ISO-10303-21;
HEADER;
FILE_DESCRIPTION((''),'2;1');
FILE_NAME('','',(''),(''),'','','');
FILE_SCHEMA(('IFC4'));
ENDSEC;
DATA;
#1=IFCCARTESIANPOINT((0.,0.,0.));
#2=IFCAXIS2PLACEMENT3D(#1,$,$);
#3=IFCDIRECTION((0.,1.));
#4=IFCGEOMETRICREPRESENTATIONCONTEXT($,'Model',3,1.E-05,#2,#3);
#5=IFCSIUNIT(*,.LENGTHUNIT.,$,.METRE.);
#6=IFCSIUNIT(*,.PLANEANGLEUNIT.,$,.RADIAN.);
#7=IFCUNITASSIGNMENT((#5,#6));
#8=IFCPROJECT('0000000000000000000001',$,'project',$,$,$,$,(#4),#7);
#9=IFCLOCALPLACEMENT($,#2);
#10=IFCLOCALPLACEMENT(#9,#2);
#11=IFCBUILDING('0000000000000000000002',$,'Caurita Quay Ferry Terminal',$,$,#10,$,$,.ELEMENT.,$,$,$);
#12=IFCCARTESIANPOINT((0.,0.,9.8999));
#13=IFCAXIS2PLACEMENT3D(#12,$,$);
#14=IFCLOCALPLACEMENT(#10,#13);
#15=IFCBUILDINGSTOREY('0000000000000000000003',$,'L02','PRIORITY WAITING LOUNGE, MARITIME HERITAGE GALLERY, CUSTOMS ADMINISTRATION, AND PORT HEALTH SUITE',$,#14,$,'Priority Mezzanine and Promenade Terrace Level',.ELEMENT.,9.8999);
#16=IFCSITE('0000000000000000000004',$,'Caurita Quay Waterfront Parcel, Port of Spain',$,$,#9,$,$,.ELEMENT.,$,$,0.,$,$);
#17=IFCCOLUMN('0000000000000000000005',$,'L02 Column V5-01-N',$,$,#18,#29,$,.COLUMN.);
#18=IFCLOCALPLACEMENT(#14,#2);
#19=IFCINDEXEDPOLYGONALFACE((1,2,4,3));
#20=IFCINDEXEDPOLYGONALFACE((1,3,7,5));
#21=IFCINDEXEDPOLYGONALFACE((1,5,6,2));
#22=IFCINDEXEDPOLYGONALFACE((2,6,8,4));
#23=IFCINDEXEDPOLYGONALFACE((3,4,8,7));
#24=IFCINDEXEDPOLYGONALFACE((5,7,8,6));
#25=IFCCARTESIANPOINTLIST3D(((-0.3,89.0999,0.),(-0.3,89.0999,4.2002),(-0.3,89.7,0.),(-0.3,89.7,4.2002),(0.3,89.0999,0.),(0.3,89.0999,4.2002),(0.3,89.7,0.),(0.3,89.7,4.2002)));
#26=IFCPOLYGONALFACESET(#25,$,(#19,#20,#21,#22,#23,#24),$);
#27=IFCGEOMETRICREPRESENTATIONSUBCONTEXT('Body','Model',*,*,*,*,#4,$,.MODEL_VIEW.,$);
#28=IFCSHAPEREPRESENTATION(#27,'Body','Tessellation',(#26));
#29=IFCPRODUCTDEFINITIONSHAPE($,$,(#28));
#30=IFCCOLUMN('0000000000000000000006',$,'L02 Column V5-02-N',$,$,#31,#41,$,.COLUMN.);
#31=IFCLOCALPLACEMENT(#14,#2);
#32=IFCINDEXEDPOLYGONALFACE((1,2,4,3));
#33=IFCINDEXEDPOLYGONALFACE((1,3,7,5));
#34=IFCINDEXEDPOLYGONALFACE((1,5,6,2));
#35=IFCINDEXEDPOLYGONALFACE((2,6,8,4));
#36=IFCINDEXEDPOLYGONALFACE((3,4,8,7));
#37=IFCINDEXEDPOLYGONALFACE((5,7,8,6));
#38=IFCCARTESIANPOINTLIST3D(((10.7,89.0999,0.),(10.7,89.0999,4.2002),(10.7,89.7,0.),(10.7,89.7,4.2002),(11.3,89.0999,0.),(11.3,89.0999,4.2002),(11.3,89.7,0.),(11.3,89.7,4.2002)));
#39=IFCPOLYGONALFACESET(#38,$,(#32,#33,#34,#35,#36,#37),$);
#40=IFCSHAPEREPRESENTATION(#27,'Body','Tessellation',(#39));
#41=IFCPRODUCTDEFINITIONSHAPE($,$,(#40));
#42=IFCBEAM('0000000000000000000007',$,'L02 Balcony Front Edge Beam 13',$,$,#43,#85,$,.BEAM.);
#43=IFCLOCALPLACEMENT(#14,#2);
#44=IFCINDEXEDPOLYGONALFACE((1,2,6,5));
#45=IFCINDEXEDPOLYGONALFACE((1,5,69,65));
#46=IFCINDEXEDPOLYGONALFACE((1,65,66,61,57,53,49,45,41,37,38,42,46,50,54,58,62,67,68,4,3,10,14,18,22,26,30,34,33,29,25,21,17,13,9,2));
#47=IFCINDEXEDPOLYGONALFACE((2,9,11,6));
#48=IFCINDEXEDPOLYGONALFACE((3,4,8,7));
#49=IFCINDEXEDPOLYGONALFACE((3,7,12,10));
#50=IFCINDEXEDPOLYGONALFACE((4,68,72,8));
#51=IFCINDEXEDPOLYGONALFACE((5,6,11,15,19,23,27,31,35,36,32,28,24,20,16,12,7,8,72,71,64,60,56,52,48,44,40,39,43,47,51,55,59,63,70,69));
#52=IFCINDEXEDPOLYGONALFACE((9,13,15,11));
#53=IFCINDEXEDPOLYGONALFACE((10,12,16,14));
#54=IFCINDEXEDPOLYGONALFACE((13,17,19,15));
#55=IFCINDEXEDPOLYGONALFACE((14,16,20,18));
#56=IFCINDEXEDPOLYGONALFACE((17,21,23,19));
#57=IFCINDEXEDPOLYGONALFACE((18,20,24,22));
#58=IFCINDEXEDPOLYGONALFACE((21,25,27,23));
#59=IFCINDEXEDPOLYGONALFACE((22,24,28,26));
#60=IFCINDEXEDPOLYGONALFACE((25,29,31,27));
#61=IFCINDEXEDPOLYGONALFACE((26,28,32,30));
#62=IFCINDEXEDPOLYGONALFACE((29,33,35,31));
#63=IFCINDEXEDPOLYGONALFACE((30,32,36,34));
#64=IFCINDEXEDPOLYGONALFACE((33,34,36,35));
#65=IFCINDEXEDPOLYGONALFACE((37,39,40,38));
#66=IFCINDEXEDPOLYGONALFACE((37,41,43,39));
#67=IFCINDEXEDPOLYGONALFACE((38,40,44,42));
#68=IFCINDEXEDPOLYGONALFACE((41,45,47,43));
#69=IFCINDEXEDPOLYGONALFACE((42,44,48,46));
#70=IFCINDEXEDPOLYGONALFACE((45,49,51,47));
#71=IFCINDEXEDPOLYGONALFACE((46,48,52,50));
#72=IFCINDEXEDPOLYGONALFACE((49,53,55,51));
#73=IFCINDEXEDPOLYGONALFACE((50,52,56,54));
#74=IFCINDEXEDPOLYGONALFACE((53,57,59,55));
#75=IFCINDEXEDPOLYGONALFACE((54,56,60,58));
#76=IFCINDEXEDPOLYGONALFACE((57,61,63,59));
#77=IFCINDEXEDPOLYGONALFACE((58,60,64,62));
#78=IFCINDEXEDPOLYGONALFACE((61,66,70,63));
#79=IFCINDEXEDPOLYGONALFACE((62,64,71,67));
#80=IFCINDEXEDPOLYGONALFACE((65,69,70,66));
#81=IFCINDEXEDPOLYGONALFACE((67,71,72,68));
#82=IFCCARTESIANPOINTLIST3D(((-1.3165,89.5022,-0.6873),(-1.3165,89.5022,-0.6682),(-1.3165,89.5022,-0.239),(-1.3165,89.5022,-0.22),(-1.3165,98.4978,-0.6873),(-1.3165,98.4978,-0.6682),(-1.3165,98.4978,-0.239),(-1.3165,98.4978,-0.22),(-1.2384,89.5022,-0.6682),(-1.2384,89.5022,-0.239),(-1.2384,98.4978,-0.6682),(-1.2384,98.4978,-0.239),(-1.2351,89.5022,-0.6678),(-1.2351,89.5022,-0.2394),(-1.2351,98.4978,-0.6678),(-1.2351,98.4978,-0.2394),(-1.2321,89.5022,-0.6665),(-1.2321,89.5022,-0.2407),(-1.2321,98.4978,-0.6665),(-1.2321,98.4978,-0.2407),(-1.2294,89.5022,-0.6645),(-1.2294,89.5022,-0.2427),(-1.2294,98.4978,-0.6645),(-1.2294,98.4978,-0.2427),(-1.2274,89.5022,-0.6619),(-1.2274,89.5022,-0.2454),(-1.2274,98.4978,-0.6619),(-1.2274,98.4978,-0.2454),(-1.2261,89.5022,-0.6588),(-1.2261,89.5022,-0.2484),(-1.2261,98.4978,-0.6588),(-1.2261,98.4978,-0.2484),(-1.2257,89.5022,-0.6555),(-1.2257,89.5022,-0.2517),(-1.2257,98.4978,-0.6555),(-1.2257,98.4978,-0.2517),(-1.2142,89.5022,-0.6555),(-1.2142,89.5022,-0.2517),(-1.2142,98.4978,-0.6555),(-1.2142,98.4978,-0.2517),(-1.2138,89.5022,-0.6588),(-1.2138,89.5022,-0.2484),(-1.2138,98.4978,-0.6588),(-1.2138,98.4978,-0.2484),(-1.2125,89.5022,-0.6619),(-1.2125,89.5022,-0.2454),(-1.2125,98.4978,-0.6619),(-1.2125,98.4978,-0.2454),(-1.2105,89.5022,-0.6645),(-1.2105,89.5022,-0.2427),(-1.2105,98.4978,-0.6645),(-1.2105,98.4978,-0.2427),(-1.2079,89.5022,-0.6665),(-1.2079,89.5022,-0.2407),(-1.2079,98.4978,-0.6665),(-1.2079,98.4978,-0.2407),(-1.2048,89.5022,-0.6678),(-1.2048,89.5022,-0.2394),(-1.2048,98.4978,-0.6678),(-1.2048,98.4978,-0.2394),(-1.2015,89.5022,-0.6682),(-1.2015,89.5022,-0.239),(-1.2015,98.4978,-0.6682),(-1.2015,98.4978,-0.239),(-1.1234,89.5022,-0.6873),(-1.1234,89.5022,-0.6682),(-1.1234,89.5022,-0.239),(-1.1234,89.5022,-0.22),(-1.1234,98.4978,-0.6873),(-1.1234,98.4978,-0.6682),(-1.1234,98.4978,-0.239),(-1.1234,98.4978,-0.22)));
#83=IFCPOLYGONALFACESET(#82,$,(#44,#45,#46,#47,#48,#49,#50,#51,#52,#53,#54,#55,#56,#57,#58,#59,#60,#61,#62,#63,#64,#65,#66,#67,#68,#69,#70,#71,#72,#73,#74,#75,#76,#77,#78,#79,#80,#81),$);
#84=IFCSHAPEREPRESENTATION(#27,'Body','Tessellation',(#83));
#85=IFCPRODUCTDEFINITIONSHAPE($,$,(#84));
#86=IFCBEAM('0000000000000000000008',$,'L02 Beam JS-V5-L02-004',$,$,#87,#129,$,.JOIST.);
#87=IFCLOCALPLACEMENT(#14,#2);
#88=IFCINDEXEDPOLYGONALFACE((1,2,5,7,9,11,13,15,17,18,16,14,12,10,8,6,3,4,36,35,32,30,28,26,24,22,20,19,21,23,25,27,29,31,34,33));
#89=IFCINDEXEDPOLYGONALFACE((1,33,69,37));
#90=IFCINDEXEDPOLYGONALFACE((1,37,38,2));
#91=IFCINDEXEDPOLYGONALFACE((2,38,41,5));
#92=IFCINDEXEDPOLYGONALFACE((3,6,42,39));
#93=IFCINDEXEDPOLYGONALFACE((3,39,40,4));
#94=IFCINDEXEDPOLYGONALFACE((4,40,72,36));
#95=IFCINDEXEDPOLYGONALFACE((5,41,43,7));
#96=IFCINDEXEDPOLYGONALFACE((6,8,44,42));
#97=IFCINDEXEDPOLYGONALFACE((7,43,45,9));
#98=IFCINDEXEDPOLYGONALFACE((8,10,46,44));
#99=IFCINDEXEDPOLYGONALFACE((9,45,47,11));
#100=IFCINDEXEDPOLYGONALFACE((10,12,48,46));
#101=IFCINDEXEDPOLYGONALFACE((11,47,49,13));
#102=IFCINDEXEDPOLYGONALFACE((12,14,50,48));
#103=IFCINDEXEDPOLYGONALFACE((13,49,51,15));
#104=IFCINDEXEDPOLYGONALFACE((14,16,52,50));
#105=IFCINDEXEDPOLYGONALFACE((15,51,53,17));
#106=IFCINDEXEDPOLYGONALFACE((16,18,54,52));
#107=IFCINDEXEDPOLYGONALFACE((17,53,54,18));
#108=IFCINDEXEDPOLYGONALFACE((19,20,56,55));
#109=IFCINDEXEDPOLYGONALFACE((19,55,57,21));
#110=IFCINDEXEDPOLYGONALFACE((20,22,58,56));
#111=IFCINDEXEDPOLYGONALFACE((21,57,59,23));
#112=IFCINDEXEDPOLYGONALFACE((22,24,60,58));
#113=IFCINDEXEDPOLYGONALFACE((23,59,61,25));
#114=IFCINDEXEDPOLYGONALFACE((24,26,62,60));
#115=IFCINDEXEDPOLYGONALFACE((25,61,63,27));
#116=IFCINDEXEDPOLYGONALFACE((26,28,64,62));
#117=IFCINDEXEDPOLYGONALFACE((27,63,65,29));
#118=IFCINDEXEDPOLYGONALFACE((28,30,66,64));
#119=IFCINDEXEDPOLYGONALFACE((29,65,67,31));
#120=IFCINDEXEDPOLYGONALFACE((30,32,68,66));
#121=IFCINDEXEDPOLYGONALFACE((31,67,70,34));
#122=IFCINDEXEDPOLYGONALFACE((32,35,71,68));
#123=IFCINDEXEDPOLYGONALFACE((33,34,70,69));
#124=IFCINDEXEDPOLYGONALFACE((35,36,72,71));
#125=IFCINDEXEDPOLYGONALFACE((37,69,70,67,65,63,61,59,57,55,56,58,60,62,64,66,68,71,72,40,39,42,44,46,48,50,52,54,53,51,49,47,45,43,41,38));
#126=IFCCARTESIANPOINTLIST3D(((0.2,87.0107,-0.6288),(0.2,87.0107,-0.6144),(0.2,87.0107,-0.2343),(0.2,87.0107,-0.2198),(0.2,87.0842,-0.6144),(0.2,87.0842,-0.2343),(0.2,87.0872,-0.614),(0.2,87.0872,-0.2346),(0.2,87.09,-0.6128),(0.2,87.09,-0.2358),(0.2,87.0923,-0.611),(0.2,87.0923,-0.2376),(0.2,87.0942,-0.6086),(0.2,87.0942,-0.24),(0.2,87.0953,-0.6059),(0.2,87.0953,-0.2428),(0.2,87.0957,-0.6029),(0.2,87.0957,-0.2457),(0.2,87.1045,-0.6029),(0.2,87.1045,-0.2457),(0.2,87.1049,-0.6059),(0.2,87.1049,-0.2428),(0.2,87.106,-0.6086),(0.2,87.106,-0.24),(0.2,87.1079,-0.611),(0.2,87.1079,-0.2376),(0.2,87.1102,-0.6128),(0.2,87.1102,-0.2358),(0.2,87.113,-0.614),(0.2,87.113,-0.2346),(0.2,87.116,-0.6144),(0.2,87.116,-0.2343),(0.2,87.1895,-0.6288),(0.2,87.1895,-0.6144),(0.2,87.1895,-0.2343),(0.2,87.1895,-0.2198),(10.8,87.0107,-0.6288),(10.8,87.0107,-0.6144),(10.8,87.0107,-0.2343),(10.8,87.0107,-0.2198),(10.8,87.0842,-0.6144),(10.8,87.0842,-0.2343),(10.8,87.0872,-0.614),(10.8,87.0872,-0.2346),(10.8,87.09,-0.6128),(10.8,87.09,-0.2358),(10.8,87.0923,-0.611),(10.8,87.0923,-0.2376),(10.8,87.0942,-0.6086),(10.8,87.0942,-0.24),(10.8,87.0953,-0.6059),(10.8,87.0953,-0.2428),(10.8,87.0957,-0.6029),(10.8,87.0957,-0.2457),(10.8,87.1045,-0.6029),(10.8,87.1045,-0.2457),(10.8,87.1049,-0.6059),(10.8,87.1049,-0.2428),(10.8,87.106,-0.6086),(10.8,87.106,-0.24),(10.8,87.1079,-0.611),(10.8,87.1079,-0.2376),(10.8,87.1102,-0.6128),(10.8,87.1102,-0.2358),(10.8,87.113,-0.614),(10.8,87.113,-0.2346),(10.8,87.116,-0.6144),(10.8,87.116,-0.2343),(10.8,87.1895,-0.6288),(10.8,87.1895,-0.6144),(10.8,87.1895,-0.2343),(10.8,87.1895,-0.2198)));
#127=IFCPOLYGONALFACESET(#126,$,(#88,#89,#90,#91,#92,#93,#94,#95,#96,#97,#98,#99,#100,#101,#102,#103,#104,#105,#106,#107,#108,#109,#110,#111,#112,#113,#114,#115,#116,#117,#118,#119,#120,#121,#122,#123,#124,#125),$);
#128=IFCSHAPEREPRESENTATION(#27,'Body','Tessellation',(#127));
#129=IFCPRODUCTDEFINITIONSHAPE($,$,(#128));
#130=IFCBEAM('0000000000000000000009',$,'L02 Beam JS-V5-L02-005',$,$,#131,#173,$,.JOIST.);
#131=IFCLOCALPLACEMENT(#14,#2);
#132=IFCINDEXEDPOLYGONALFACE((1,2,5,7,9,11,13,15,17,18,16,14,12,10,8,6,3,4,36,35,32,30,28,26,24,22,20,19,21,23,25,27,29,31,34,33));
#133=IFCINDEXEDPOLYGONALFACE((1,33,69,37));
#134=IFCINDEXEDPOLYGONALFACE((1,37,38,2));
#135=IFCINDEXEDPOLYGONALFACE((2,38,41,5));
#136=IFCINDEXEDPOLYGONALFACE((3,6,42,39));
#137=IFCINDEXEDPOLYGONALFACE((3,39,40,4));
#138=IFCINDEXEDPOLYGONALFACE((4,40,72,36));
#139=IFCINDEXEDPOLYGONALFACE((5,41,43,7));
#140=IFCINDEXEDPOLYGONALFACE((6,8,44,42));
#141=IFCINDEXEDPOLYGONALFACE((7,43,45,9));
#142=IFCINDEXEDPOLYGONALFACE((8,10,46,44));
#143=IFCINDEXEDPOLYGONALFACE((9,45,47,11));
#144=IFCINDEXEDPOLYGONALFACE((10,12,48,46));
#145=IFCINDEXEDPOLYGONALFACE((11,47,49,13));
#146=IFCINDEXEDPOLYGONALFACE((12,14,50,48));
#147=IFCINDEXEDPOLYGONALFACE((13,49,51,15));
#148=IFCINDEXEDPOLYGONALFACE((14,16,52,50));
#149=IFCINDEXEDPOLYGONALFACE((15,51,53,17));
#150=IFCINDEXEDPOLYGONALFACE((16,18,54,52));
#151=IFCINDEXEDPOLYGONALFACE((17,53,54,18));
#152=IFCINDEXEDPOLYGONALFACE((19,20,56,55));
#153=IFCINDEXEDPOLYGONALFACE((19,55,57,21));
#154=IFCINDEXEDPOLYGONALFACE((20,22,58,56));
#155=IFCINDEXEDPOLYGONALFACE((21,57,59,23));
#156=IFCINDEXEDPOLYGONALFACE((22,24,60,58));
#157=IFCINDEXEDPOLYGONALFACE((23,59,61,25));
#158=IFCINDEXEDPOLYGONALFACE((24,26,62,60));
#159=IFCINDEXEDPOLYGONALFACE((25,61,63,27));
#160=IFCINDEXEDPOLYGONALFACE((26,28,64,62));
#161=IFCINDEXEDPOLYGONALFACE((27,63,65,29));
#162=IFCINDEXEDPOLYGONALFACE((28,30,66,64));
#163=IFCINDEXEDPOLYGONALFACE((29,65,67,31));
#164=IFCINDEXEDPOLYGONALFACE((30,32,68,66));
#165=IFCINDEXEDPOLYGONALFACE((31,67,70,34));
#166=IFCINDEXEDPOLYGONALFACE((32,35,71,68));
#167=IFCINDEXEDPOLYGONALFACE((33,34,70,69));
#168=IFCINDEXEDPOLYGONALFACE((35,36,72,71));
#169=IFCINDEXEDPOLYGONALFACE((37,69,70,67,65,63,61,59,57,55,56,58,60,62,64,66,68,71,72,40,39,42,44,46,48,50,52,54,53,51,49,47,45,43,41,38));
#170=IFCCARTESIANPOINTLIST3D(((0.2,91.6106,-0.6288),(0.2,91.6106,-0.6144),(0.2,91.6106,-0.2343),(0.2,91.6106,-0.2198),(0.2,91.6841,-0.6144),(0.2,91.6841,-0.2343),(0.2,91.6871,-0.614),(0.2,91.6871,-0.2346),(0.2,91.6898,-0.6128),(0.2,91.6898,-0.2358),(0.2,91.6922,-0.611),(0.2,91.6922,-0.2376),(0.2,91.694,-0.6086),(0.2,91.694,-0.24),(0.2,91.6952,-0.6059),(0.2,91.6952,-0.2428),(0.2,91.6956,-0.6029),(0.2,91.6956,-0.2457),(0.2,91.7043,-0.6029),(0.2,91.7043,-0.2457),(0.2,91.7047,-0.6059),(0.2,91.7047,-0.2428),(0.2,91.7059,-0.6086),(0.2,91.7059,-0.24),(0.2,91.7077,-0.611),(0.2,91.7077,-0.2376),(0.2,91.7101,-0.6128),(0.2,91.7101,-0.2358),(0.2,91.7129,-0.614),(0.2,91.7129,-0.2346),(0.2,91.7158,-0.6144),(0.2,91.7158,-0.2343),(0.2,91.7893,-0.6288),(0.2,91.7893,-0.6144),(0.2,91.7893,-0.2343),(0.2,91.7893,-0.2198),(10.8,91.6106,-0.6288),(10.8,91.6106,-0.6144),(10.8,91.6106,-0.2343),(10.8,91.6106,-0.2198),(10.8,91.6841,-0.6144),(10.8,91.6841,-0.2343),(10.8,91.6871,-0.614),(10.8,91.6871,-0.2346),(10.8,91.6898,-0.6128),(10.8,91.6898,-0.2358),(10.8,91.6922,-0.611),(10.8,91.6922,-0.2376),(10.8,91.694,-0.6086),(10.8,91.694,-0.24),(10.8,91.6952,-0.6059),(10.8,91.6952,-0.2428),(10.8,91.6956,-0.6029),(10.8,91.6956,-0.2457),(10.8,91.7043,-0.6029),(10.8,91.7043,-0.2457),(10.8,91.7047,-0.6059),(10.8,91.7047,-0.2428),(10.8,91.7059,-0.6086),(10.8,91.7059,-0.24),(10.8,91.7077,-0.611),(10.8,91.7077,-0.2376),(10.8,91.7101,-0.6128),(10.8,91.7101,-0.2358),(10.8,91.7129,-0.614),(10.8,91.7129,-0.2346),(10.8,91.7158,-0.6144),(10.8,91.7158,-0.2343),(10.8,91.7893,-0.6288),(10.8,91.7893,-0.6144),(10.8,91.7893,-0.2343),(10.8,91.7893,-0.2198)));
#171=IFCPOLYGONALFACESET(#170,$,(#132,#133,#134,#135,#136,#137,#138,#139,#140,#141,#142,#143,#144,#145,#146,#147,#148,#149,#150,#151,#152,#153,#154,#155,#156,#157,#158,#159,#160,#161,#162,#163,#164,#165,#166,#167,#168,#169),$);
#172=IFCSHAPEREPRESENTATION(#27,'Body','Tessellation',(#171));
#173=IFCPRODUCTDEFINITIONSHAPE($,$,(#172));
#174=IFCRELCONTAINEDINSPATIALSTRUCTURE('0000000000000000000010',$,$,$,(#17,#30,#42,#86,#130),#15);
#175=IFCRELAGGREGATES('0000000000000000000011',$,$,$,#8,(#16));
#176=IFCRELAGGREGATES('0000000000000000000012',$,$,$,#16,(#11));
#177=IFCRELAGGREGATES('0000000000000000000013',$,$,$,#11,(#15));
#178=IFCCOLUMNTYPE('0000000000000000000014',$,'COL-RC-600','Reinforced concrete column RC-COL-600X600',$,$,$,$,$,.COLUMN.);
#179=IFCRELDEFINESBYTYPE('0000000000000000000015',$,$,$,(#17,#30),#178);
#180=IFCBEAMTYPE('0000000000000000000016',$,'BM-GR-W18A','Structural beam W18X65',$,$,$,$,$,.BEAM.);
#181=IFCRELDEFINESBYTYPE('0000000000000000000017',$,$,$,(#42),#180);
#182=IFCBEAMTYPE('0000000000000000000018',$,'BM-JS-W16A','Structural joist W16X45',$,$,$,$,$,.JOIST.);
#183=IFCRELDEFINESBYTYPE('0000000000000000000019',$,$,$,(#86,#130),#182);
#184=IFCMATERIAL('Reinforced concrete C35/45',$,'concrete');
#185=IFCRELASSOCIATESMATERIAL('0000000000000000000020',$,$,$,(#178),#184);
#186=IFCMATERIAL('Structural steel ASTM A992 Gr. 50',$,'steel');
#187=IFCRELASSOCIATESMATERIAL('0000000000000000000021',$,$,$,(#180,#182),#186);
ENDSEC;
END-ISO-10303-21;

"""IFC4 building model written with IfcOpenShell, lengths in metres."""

from ifc_helpers import new_model, si_unit, direction, frame, origin, origin_2d, place, context, subcontext, project, spatial, rectangle, i_section, extrude, material, material_profile, profile_set, type_object, element, save


model = new_model("IFC4")

# Units and contexts
model_context = context("Model", 3, precision=1e-05, world=origin(), true_north=direction((0.0, 1.0)))
body_context = subcontext(model_context, "Body", "Model", "MODEL_VIEW")
ifc_project = project(units=[si_unit("LENGTHUNIT", "METRE"), si_unit("PLANEANGLEUNIT", "RADIAN")], contexts=[model_context])

# Site, building, storey
site_placement = place(None, origin())
site = spatial("IfcSite", under=ifc_project, at=site_placement, Name="Caurita Quay Waterfront Parcel, Port of Spain", CompositionType="ELEMENT", RefElevation=0.0)
building_placement = place(site_placement, origin())
building = spatial("IfcBuilding", under=site, at=building_placement, Name="Caurita Quay Ferry Terminal", CompositionType="ELEMENT")
storey_placement = place(building_placement, frame((0.0, 0.0, 9.8999)))
storey = spatial("IfcBuildingStorey", under=building, at=storey_placement, Name="L02", Description="PRIORITY WAITING LOUNGE, MARITIME HERITAGE GALLERY, CUSTOMS ADMINISTRATION, AND PORT HEALTH SUITE", LongName="Priority Mezzanine and Promenade Terrace Level", CompositionType="ELEMENT", Elevation=9.8999)

# Columns
ifc_material_1 = material(Name="Reinforced concrete C35/45", Category="concrete")
ifc_material_profile_1 = material_profile(ifc_material_1, rectangle(XDim=0.6001, YDim=0.6001, at=origin_2d()), Name="RC-COL-600X600")
ifc_profile_set_1 = profile_set([ifc_material_profile_1], Name="Reinforced concrete C35/45")
column_type = type_object("IfcColumnType", Name="COL-RC-600", Description="Reinforced concrete column RC-COL-600X600", PredefinedType="COLUMN", material=ifc_profile_set_1)
for number, where, z_axis, x_axis, name in (
    (1, (0.0, 89.3999, 0.0), (0.0, 0.0, 1.0), (1.0, 0.0, 0.0), "L02 Column V5-01-N"),
    (2, (11.0, 89.3999, 0.0), (0.0, 0.0, 1.0), (1.0, 0.0, 0.0), "L02 Column V5-02-N"),
):
    element("IfcColumn", number, at=place(storey_placement, frame(where, z_axis=z_axis, x_axis=x_axis)), inside=storey, type_object=column_type, Name=name, PredefinedType="COLUMN", context=body_context, shape_type="SweptSolid", body=[
        extrude(rectangle(XDim=0.6001, YDim=0.6001, at=origin_2d()), origin(), (0.0, 0.0, 1.0), 4.2002),
    ])

# Beams
ifc_material_2 = material(Name="Structural steel ASTM A992 Gr. 50", Category="steel")
ifc_material_profile_2 = material_profile(ifc_material_2, i_section(OverallWidth=0.1931, OverallDepth=0.4673, WebThickness=0.0115, FlangeThickness=0.019, FilletRadius=0.0127, at=origin_2d()), Name="W18X65")
ifc_profile_set_2 = profile_set([ifc_material_profile_2], Name="Structural steel ASTM A992 Gr. 50")
beam_type_1 = type_object("IfcBeamType", Name="BM-GR-W18A", Description="Structural beam W18X65", PredefinedType="BEAM", material=ifc_profile_set_2)
beam_1_placement = place(storey_placement, frame((-1.22, 89.5022, -0.4536), z_axis=(0.0, 1.0, 0.0), x_axis=(-1.0, 0.0, 0.0)))
element("IfcBeam", 3, at=beam_1_placement, inside=storey, type_object=beam_type_1, Name="L02 Balcony Front Edge Beam 13", PredefinedType="BEAM", context=body_context, shape_type="SweptSolid", body=[
    extrude(i_section(OverallWidth=0.1931, OverallDepth=0.4673, WebThickness=0.0115, FlangeThickness=0.019, FilletRadius=0.0127, at=origin_2d()), origin(), (0.0, 0.0, 1.0), 8.9956),
])
ifc_material_profile_3 = material_profile(ifc_material_2, i_section(OverallWidth=0.1787, OverallDepth=0.4089, WebThickness=0.0088, FlangeThickness=0.0144, FilletRadius=0.0115, at=origin_2d()), Name="W16X45")
ifc_profile_set_3 = profile_set([ifc_material_profile_3], Name="Structural steel ASTM A992 Gr. 50")
beam_type_2 = type_object("IfcBeamType", Name="BM-JS-W16A", Description="Structural joist W16X45", PredefinedType="JOIST", material=ifc_profile_set_3)
for number, where, z_axis, x_axis, name in (
    (4, (0.2, 87.1001, -0.4243), (1.0, 0.0, 0.0), (0.0, 1.0, 0.0), "L02 Beam JS-V5-L02-004"),
    (5, (0.2, 91.7, -0.4243), (1.0, 0.0, 0.0), (0.0, 1.0, 0.0), "L02 Beam JS-V5-L02-005"),
):
    element("IfcBeam", number, at=place(storey_placement, frame(where, z_axis=z_axis, x_axis=x_axis)), inside=storey, type_object=beam_type_2, Name=name, PredefinedType="JOIST", context=body_context, shape_type="SweptSolid", body=[
        extrude(i_section(OverallWidth=0.1787, OverallDepth=0.4089, WebThickness=0.0088, FlangeThickness=0.0144, FilletRadius=0.0115, at=origin_2d()), origin(), (0.0, 0.0, 1.0), 10.6001),
    ])

save(model, "model.ifc")
